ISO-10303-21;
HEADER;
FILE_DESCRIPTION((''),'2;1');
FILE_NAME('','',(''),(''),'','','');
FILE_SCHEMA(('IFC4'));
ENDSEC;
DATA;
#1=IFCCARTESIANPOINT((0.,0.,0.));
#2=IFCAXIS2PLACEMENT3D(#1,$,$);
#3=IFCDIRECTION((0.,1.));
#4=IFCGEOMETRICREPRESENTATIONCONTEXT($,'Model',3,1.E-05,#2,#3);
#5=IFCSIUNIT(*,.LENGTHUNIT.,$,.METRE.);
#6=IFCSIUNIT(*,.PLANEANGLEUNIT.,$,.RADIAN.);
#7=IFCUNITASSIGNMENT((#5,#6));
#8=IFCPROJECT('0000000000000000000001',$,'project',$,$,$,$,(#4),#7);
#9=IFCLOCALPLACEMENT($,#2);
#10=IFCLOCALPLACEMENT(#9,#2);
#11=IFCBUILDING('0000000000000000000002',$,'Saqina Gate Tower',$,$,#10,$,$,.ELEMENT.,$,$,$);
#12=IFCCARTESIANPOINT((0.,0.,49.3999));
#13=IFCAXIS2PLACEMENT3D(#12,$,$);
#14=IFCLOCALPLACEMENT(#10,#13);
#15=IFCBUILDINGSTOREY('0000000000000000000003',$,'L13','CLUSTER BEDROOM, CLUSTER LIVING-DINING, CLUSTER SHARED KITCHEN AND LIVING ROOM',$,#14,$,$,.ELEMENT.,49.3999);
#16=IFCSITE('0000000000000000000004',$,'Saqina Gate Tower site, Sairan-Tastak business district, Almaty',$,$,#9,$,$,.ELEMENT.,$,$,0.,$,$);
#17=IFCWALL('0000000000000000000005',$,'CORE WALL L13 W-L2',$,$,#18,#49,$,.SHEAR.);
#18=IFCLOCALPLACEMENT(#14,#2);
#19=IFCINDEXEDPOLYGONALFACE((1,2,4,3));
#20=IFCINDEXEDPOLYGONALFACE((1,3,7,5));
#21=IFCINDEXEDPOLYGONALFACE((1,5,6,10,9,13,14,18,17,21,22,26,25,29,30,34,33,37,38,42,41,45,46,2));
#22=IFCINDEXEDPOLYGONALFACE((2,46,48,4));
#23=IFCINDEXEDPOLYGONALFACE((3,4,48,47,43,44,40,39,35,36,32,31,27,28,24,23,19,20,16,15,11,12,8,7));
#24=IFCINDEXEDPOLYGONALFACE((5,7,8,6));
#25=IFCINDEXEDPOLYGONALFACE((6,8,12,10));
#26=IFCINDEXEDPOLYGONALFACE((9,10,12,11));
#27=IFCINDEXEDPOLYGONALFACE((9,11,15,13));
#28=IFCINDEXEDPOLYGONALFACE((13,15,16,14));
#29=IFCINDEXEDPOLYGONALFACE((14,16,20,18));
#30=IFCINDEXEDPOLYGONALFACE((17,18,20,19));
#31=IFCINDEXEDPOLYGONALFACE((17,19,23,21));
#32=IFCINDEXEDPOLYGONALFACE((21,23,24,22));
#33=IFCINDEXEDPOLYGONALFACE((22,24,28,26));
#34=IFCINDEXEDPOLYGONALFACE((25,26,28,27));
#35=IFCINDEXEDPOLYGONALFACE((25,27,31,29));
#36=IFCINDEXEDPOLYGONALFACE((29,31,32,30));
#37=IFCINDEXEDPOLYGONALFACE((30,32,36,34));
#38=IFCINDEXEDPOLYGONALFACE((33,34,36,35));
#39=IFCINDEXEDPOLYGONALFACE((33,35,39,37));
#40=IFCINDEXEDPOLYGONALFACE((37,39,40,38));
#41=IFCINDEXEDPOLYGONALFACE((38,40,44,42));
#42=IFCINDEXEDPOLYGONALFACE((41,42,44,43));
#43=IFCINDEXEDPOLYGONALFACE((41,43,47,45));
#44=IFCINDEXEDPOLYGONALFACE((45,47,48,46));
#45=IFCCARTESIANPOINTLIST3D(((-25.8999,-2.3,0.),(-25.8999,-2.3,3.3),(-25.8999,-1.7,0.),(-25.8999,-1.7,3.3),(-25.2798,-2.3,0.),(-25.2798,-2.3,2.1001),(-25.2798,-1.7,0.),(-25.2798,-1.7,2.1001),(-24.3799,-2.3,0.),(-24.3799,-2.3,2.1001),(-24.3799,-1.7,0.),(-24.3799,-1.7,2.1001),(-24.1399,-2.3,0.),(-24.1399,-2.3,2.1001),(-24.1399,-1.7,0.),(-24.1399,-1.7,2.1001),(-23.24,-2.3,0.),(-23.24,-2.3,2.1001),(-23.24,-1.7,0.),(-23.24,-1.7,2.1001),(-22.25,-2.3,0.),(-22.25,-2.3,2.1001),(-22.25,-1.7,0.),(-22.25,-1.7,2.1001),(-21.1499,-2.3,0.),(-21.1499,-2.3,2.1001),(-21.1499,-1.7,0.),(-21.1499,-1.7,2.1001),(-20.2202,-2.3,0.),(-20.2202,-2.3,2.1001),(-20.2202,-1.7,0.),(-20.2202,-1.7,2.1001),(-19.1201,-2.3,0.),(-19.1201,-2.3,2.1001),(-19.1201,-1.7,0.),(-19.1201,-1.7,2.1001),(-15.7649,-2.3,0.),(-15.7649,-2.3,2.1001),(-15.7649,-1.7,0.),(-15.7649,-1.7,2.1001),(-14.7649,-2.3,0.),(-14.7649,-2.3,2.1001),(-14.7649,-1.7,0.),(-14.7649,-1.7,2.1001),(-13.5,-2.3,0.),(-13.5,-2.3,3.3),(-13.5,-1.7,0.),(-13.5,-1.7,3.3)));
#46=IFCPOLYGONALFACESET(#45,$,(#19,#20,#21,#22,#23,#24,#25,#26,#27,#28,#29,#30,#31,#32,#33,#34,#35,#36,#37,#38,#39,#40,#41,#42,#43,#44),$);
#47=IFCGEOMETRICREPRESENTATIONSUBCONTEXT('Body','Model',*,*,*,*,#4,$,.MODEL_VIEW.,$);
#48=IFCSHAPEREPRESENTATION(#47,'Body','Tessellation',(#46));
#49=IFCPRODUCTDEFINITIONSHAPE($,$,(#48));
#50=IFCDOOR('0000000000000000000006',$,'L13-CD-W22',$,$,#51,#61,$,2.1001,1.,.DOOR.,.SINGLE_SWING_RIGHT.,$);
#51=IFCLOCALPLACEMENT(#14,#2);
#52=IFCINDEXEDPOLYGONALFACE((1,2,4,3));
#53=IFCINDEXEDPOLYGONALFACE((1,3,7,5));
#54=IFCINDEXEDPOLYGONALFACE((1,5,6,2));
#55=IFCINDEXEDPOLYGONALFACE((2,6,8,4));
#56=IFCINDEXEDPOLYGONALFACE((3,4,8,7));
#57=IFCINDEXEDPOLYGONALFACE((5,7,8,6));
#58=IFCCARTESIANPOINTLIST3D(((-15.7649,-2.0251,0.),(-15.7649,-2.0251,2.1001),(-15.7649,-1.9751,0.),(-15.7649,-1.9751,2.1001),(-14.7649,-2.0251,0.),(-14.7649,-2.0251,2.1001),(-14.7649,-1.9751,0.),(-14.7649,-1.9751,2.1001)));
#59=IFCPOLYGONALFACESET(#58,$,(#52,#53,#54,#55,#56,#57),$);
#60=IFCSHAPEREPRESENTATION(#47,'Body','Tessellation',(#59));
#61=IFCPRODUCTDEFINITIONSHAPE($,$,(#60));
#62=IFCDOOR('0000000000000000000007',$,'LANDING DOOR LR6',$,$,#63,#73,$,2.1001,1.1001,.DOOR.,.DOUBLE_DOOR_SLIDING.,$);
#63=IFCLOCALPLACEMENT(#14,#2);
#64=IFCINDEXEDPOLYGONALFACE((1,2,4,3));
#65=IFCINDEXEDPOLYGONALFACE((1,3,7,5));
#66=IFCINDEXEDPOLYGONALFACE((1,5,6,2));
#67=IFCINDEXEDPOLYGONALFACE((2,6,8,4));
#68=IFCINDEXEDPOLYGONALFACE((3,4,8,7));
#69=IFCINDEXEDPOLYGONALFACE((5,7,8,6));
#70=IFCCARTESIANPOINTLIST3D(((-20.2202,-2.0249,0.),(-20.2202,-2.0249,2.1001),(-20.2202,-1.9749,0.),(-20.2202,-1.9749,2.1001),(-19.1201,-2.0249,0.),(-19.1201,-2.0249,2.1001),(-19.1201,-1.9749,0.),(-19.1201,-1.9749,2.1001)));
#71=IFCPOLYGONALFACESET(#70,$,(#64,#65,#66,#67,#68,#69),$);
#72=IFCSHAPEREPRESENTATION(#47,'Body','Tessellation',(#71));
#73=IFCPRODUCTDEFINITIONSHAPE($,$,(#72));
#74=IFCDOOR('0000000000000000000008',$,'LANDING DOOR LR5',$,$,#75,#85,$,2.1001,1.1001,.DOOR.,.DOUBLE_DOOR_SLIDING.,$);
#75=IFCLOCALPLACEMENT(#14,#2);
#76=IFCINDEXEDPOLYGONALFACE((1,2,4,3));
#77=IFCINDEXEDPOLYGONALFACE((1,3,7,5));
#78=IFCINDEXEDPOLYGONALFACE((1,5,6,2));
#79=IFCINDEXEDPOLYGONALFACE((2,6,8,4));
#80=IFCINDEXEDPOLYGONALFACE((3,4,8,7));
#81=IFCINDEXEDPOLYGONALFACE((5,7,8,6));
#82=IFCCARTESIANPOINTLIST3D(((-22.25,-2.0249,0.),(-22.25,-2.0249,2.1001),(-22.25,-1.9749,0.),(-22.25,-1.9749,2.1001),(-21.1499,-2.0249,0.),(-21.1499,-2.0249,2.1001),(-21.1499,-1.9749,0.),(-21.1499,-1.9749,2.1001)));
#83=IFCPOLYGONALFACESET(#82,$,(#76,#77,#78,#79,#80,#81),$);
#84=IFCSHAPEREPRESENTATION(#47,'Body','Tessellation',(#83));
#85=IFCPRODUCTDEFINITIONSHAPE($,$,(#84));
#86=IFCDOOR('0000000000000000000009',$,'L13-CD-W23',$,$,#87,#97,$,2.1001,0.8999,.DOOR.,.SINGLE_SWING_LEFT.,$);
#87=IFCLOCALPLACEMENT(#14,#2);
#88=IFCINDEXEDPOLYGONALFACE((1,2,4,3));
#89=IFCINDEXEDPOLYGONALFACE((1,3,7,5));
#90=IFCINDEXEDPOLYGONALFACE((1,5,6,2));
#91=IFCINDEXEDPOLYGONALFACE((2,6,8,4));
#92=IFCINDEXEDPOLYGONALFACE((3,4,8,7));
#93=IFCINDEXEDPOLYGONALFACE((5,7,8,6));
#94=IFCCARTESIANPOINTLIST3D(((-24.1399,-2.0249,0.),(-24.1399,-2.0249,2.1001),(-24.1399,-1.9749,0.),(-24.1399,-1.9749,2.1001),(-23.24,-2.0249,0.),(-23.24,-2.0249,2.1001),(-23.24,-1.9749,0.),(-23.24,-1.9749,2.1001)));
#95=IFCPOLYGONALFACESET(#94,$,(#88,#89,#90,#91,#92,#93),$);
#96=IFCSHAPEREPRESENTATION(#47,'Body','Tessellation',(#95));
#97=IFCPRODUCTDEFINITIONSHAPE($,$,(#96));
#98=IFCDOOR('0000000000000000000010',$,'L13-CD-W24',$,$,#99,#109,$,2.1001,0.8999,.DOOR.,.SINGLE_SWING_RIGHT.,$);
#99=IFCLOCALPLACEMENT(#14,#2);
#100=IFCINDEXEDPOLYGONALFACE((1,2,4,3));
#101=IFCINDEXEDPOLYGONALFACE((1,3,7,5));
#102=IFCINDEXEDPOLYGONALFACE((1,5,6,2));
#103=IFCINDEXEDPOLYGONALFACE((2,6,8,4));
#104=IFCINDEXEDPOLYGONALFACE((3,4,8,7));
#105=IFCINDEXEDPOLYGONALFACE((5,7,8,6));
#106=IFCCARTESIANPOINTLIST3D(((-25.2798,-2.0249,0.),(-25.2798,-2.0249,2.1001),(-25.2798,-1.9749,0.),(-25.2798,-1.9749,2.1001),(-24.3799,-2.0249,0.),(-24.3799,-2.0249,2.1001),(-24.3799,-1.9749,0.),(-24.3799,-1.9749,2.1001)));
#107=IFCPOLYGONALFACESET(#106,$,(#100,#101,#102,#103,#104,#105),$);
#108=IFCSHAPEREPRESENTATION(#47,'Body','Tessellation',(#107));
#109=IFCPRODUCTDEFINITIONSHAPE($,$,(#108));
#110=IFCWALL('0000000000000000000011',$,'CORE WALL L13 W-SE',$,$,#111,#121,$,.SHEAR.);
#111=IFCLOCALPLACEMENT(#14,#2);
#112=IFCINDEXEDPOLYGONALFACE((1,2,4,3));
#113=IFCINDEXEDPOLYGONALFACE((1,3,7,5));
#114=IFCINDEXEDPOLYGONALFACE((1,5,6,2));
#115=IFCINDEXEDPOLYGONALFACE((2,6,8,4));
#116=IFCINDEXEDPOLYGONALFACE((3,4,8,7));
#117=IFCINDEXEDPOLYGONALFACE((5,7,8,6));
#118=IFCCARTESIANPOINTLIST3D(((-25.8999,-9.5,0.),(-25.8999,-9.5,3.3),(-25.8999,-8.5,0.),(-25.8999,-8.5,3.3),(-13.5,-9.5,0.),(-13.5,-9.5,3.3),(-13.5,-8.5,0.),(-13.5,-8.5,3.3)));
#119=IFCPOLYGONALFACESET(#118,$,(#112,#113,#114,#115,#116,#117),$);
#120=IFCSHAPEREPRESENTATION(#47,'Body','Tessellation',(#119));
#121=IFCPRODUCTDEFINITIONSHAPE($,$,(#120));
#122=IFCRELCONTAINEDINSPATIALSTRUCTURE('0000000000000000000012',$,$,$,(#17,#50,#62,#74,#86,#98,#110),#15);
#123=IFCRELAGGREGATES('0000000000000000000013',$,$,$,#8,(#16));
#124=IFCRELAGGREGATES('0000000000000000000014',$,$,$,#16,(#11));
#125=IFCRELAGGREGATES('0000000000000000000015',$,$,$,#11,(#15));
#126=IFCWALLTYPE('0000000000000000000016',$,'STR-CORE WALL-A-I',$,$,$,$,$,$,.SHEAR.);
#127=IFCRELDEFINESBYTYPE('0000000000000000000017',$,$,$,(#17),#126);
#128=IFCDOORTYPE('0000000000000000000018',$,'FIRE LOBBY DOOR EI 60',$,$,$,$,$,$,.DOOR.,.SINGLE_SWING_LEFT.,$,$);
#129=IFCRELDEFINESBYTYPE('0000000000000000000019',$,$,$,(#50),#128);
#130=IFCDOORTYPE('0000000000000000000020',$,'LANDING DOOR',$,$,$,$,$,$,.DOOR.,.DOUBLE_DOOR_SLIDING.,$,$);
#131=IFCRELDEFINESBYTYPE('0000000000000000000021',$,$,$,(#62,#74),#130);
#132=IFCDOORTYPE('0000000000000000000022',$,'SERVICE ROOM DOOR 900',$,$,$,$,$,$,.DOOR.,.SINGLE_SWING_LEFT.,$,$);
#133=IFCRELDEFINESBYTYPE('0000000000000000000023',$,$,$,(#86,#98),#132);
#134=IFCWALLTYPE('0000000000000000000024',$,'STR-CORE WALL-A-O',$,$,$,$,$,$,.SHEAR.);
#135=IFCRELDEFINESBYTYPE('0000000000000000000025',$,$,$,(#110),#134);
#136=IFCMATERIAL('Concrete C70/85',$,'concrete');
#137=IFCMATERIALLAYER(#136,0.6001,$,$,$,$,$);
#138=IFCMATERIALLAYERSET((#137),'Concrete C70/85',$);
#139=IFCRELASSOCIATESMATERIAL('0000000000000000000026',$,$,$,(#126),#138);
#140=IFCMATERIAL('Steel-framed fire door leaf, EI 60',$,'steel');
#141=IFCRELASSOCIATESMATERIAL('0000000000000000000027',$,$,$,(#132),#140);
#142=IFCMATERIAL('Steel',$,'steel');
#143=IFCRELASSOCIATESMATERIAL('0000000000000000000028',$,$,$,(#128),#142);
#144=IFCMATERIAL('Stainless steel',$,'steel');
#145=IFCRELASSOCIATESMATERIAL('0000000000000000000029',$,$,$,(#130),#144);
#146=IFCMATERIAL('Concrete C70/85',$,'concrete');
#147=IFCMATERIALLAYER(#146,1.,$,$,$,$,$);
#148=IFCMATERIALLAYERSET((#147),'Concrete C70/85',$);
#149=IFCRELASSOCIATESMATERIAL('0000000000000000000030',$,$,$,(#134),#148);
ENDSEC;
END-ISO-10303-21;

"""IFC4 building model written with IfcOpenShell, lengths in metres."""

from ifc_helpers import new_model, si_unit, direction, frame, frame_2d, origin, place, context, subcontext, project, spatial, rectangle, extrude, material, layer, layer_set, type_object, element, fill, save


model = new_model("IFC4")

# Units and contexts
model_context = context("Model", 3, precision=1e-05, world=origin(), true_north=direction((0.0, 1.0)))
body_context = subcontext(model_context, "Body", "Model", "MODEL_VIEW")
ifc_project = project(units=[si_unit("LENGTHUNIT", "METRE"), si_unit("PLANEANGLEUNIT", "RADIAN")], contexts=[model_context])

# Site, building, storey
site_placement = place(None, origin())
site = spatial("IfcSite", under=ifc_project, at=site_placement, Name="Saqina Gate Tower site, Sairan-Tastak business district, Almaty", CompositionType="ELEMENT", RefElevation=0.0)
building_placement = place(site_placement, origin())
building = spatial("IfcBuilding", under=site, at=building_placement, Name="Saqina Gate Tower", CompositionType="ELEMENT")
storey_placement = place(building_placement, frame((0.0, 0.0, 49.3999)))
storey = spatial("IfcBuildingStorey", under=building, at=storey_placement, Name="L13", Description="CLUSTER BEDROOM, CLUSTER LIVING-DINING, CLUSTER SHARED KITCHEN AND LIVING ROOM", CompositionType="ELEMENT", Elevation=49.3999)

# Wall, openings, doors
ifc_material_1 = material(Name="Concrete C70/85", Category="concrete")
ifc_layer_1 = layer(ifc_material_1, 0.6001)
ifc_layer_set_1 = layer_set([ifc_layer_1], Name="Concrete C70/85")
wall_type_1 = type_object("IfcWallType", Name="STR-CORE WALL-A-I", PredefinedType="SHEAR", material=ifc_layer_set_1)
ifc_material_2 = material(Name="Steel-framed fire door leaf, EI 60", Category="steel")
door_type_1 = type_object("IfcDoorType", Name="SERVICE ROOM DOOR 900", OperationType="SINGLE_SWING_LEFT", PredefinedType="DOOR", material=ifc_material_2)
wall_1_placement = place(storey_placement, frame((-13.5, -2.0, 0.0), z_axis=(0.0, 0.0, 1.0), x_axis=(-1.0, 0.0, 0.0)))
wall_1 = element("IfcWall", 1, at=wall_1_placement, inside=storey, type_object=wall_type_1, Name="CORE WALL L13 W-L2", PredefinedType="SHEAR", context=body_context, shape_type="SweptSolid", body=[
    extrude(rectangle(XDim=12.3999, YDim=0.6001, at=frame_2d((6.2, 0.0))), origin(), (0.0, 0.0, 1.0), 3.3),
])
opening_1_placement = place(wall_1_placement, frame((5.6201, 0.0, 0.0)))
opening_1 = element("IfcOpeningElement", 2, at=opening_1_placement, cuts=wall_1, PredefinedType="OPENING", context=body_context, shape_type="SweptSolid", body=[
    extrude(rectangle(XDim=1.1001, YDim=2.1001, at=frame_2d((0.55, 1.05))), frame((0.0, 0.312, 0.0), z_axis=(0.0, -1.0, 0.0), x_axis=(1.0, 0.0, 0.0)), (0.0, 0.0, 1.0), 0.624),
])
opening_2_placement = place(wall_1_placement, frame((7.6499, 0.0, 0.0)))
opening_2 = element("IfcOpeningElement", 3, at=opening_2_placement, cuts=wall_1, PredefinedType="OPENING", context=body_context, shape_type="SweptSolid", body=[
    extrude(rectangle(XDim=1.1001, YDim=2.1001, at=frame_2d((0.55, 1.05))), frame((0.0, 0.312, 0.0), z_axis=(0.0, -1.0, 0.0), x_axis=(1.0, 0.0, 0.0)), (0.0, 0.0, 1.0), 0.624),
])
opening_3_placement = place(wall_1_placement, frame((1.2649, 0.0, 0.0)))
opening_3 = element("IfcOpeningElement", 4, at=opening_3_placement, cuts=wall_1, PredefinedType="OPENING", context=body_context, shape_type="SweptSolid", body=[
    extrude(rectangle(XDim=1.0, YDim=2.1001, at=frame_2d((0.5, 1.05))), frame((0.0, 0.312, 0.0), z_axis=(0.0, -1.0, 0.0), x_axis=(1.0, 0.0, 0.0)), (0.0, 0.0, 1.0), 0.624),
])
opening_4_placement = place(wall_1_placement, frame((9.74, 0.0, 0.0)))
opening_4 = element("IfcOpeningElement", 5, at=opening_4_placement, cuts=wall_1, PredefinedType="OPENING", context=body_context, shape_type="SweptSolid", body=[
    extrude(rectangle(XDim=0.8999, YDim=2.1001, at=frame_2d((0.45, 1.05))), frame((0.0, 0.312, 0.0), z_axis=(0.0, -1.0, 0.0), x_axis=(1.0, 0.0, 0.0)), (0.0, 0.0, 1.0), 0.624),
])
opening_5_placement = place(wall_1_placement, frame((10.8799, 0.0, 0.0)))
opening_5 = element("IfcOpeningElement", 6, at=opening_5_placement, cuts=wall_1, PredefinedType="OPENING", context=body_context, shape_type="SweptSolid", body=[
    extrude(rectangle(XDim=0.8999, YDim=2.1001, at=frame_2d((0.45, 1.05))), frame((0.0, 0.312, 0.0), z_axis=(0.0, -1.0, 0.0), x_axis=(1.0, 0.0, 0.0)), (0.0, 0.0, 1.0), 0.624),
])
ifc_material_3 = material(Name="Steel", Category="steel")
door_type_2 = type_object("IfcDoorType", Name="FIRE LOBBY DOOR EI 60", OperationType="SINGLE_SWING_LEFT", PredefinedType="DOOR", material=ifc_material_3)
door_1_placement = place(opening_3_placement, frame((1.0, 0.0, 0.0), z_axis=(0.0, 0.0, 1.0), x_axis=(-1.0, 0.0, 0.0)))
door_1 = element("IfcDoor", 7, at=door_1_placement, inside=storey, type_object=door_type_2, Name="L13-CD-W22", OperationType="SINGLE_SWING_RIGHT", OverallHeight=2.1001, OverallWidth=1.0, PredefinedType="DOOR", context=body_context, shape_type="SweptSolid", body=[
    extrude(rectangle(XDim=1.0, YDim=2.1001, at=frame_2d((0.5, 1.05))), frame((0.0, 0.0249, 0.0), z_axis=(0.0, -1.0, 0.0), x_axis=(1.0, 0.0, 0.0)), (0.0, 0.0, 1.0), 0.05),
])
fill(opening_3, door_1)
ifc_material_4 = material(Name="Stainless steel", Category="steel")
door_type_3 = type_object("IfcDoorType", Name="LANDING DOOR", OperationType="DOUBLE_DOOR_SLIDING", PredefinedType="DOOR", material=ifc_material_4)
door_2_placement = place(opening_1_placement, origin())
door_2 = element("IfcDoor", 8, at=door_2_placement, inside=storey, type_object=door_type_3, Name="LANDING DOOR LR6", OperationType="DOUBLE_DOOR_SLIDING", OverallHeight=2.1001, OverallWidth=1.1001, PredefinedType="DOOR", context=body_context, shape_type="SweptSolid", body=[
    extrude(rectangle(XDim=1.1001, YDim=2.1001, at=frame_2d((0.55, 1.05))), frame((0.0, 0.0249, 0.0), z_axis=(0.0, -1.0, 0.0), x_axis=(1.0, 0.0, 0.0)), (0.0, 0.0, 1.0), 0.05),
])
fill(opening_1, door_2)
door_3_placement = place(opening_2_placement, origin())
door_3 = element("IfcDoor", 9, at=door_3_placement, inside=storey, type_object=door_type_3, Name="LANDING DOOR LR5", OperationType="DOUBLE_DOOR_SLIDING", OverallHeight=2.1001, OverallWidth=1.1001, PredefinedType="DOOR", context=body_context, shape_type="SweptSolid", body=[
    extrude(rectangle(XDim=1.1001, YDim=2.1001, at=frame_2d((0.55, 1.05))), frame((0.0, 0.0249, 0.0), z_axis=(0.0, -1.0, 0.0), x_axis=(1.0, 0.0, 0.0)), (0.0, 0.0, 1.0), 0.05),
])
fill(opening_2, door_3)
door_4_placement = place(opening_4_placement, origin())
door_4 = element("IfcDoor", 10, at=door_4_placement, inside=storey, type_object=door_type_1, Name="L13-CD-W23", OperationType="SINGLE_SWING_LEFT", OverallHeight=2.1001, OverallWidth=0.8999, PredefinedType="DOOR", context=body_context, shape_type="SweptSolid", body=[
    extrude(rectangle(XDim=0.8999, YDim=2.1001, at=frame_2d((0.45, 1.05))), frame((0.0, 0.0249, 0.0), z_axis=(0.0, -1.0, 0.0), x_axis=(1.0, 0.0, 0.0)), (0.0, 0.0, 1.0), 0.05),
])
fill(opening_4, door_4)
door_5_placement = place(opening_5_placement, origin())
door_5 = element("IfcDoor", 11, at=door_5_placement, inside=storey, type_object=door_type_1, Name="L13-CD-W24", OperationType="SINGLE_SWING_RIGHT", OverallHeight=2.1001, OverallWidth=0.8999, PredefinedType="DOOR", context=body_context, shape_type="SweptSolid", body=[
    extrude(rectangle(XDim=0.8999, YDim=2.1001, at=frame_2d((0.45, 1.05))), frame((0.0, 0.0249, 0.0), z_axis=(0.0, -1.0, 0.0), x_axis=(1.0, 0.0, 0.0)), (0.0, 0.0, 1.0), 0.05),
])
fill(opening_5, door_5)

# Wall
ifc_material_5 = material(Name="Concrete C70/85", Category="concrete")
ifc_layer_2 = layer(ifc_material_5, 1.0)
ifc_layer_set_2 = layer_set([ifc_layer_2], Name="Concrete C70/85")
wall_type_2 = type_object("IfcWallType", Name="STR-CORE WALL-A-O", PredefinedType="SHEAR", material=ifc_layer_set_2)
wall_2_placement = place(storey_placement, frame((-13.5, -9.0, 0.0), z_axis=(0.0, 0.0, 1.0), x_axis=(-1.0, 0.0, 0.0)))
element("IfcWall", 12, at=wall_2_placement, inside=storey, type_object=wall_type_2, Name="CORE WALL L13 W-SE", PredefinedType="SHEAR", context=body_context, shape_type="SweptSolid", body=[
    extrude(rectangle(XDim=12.3999, YDim=1.0, at=frame_2d((6.2, 0.0))), origin(), (0.0, 0.0, 1.0), 3.3),
])

save(model, "model.ifc")
